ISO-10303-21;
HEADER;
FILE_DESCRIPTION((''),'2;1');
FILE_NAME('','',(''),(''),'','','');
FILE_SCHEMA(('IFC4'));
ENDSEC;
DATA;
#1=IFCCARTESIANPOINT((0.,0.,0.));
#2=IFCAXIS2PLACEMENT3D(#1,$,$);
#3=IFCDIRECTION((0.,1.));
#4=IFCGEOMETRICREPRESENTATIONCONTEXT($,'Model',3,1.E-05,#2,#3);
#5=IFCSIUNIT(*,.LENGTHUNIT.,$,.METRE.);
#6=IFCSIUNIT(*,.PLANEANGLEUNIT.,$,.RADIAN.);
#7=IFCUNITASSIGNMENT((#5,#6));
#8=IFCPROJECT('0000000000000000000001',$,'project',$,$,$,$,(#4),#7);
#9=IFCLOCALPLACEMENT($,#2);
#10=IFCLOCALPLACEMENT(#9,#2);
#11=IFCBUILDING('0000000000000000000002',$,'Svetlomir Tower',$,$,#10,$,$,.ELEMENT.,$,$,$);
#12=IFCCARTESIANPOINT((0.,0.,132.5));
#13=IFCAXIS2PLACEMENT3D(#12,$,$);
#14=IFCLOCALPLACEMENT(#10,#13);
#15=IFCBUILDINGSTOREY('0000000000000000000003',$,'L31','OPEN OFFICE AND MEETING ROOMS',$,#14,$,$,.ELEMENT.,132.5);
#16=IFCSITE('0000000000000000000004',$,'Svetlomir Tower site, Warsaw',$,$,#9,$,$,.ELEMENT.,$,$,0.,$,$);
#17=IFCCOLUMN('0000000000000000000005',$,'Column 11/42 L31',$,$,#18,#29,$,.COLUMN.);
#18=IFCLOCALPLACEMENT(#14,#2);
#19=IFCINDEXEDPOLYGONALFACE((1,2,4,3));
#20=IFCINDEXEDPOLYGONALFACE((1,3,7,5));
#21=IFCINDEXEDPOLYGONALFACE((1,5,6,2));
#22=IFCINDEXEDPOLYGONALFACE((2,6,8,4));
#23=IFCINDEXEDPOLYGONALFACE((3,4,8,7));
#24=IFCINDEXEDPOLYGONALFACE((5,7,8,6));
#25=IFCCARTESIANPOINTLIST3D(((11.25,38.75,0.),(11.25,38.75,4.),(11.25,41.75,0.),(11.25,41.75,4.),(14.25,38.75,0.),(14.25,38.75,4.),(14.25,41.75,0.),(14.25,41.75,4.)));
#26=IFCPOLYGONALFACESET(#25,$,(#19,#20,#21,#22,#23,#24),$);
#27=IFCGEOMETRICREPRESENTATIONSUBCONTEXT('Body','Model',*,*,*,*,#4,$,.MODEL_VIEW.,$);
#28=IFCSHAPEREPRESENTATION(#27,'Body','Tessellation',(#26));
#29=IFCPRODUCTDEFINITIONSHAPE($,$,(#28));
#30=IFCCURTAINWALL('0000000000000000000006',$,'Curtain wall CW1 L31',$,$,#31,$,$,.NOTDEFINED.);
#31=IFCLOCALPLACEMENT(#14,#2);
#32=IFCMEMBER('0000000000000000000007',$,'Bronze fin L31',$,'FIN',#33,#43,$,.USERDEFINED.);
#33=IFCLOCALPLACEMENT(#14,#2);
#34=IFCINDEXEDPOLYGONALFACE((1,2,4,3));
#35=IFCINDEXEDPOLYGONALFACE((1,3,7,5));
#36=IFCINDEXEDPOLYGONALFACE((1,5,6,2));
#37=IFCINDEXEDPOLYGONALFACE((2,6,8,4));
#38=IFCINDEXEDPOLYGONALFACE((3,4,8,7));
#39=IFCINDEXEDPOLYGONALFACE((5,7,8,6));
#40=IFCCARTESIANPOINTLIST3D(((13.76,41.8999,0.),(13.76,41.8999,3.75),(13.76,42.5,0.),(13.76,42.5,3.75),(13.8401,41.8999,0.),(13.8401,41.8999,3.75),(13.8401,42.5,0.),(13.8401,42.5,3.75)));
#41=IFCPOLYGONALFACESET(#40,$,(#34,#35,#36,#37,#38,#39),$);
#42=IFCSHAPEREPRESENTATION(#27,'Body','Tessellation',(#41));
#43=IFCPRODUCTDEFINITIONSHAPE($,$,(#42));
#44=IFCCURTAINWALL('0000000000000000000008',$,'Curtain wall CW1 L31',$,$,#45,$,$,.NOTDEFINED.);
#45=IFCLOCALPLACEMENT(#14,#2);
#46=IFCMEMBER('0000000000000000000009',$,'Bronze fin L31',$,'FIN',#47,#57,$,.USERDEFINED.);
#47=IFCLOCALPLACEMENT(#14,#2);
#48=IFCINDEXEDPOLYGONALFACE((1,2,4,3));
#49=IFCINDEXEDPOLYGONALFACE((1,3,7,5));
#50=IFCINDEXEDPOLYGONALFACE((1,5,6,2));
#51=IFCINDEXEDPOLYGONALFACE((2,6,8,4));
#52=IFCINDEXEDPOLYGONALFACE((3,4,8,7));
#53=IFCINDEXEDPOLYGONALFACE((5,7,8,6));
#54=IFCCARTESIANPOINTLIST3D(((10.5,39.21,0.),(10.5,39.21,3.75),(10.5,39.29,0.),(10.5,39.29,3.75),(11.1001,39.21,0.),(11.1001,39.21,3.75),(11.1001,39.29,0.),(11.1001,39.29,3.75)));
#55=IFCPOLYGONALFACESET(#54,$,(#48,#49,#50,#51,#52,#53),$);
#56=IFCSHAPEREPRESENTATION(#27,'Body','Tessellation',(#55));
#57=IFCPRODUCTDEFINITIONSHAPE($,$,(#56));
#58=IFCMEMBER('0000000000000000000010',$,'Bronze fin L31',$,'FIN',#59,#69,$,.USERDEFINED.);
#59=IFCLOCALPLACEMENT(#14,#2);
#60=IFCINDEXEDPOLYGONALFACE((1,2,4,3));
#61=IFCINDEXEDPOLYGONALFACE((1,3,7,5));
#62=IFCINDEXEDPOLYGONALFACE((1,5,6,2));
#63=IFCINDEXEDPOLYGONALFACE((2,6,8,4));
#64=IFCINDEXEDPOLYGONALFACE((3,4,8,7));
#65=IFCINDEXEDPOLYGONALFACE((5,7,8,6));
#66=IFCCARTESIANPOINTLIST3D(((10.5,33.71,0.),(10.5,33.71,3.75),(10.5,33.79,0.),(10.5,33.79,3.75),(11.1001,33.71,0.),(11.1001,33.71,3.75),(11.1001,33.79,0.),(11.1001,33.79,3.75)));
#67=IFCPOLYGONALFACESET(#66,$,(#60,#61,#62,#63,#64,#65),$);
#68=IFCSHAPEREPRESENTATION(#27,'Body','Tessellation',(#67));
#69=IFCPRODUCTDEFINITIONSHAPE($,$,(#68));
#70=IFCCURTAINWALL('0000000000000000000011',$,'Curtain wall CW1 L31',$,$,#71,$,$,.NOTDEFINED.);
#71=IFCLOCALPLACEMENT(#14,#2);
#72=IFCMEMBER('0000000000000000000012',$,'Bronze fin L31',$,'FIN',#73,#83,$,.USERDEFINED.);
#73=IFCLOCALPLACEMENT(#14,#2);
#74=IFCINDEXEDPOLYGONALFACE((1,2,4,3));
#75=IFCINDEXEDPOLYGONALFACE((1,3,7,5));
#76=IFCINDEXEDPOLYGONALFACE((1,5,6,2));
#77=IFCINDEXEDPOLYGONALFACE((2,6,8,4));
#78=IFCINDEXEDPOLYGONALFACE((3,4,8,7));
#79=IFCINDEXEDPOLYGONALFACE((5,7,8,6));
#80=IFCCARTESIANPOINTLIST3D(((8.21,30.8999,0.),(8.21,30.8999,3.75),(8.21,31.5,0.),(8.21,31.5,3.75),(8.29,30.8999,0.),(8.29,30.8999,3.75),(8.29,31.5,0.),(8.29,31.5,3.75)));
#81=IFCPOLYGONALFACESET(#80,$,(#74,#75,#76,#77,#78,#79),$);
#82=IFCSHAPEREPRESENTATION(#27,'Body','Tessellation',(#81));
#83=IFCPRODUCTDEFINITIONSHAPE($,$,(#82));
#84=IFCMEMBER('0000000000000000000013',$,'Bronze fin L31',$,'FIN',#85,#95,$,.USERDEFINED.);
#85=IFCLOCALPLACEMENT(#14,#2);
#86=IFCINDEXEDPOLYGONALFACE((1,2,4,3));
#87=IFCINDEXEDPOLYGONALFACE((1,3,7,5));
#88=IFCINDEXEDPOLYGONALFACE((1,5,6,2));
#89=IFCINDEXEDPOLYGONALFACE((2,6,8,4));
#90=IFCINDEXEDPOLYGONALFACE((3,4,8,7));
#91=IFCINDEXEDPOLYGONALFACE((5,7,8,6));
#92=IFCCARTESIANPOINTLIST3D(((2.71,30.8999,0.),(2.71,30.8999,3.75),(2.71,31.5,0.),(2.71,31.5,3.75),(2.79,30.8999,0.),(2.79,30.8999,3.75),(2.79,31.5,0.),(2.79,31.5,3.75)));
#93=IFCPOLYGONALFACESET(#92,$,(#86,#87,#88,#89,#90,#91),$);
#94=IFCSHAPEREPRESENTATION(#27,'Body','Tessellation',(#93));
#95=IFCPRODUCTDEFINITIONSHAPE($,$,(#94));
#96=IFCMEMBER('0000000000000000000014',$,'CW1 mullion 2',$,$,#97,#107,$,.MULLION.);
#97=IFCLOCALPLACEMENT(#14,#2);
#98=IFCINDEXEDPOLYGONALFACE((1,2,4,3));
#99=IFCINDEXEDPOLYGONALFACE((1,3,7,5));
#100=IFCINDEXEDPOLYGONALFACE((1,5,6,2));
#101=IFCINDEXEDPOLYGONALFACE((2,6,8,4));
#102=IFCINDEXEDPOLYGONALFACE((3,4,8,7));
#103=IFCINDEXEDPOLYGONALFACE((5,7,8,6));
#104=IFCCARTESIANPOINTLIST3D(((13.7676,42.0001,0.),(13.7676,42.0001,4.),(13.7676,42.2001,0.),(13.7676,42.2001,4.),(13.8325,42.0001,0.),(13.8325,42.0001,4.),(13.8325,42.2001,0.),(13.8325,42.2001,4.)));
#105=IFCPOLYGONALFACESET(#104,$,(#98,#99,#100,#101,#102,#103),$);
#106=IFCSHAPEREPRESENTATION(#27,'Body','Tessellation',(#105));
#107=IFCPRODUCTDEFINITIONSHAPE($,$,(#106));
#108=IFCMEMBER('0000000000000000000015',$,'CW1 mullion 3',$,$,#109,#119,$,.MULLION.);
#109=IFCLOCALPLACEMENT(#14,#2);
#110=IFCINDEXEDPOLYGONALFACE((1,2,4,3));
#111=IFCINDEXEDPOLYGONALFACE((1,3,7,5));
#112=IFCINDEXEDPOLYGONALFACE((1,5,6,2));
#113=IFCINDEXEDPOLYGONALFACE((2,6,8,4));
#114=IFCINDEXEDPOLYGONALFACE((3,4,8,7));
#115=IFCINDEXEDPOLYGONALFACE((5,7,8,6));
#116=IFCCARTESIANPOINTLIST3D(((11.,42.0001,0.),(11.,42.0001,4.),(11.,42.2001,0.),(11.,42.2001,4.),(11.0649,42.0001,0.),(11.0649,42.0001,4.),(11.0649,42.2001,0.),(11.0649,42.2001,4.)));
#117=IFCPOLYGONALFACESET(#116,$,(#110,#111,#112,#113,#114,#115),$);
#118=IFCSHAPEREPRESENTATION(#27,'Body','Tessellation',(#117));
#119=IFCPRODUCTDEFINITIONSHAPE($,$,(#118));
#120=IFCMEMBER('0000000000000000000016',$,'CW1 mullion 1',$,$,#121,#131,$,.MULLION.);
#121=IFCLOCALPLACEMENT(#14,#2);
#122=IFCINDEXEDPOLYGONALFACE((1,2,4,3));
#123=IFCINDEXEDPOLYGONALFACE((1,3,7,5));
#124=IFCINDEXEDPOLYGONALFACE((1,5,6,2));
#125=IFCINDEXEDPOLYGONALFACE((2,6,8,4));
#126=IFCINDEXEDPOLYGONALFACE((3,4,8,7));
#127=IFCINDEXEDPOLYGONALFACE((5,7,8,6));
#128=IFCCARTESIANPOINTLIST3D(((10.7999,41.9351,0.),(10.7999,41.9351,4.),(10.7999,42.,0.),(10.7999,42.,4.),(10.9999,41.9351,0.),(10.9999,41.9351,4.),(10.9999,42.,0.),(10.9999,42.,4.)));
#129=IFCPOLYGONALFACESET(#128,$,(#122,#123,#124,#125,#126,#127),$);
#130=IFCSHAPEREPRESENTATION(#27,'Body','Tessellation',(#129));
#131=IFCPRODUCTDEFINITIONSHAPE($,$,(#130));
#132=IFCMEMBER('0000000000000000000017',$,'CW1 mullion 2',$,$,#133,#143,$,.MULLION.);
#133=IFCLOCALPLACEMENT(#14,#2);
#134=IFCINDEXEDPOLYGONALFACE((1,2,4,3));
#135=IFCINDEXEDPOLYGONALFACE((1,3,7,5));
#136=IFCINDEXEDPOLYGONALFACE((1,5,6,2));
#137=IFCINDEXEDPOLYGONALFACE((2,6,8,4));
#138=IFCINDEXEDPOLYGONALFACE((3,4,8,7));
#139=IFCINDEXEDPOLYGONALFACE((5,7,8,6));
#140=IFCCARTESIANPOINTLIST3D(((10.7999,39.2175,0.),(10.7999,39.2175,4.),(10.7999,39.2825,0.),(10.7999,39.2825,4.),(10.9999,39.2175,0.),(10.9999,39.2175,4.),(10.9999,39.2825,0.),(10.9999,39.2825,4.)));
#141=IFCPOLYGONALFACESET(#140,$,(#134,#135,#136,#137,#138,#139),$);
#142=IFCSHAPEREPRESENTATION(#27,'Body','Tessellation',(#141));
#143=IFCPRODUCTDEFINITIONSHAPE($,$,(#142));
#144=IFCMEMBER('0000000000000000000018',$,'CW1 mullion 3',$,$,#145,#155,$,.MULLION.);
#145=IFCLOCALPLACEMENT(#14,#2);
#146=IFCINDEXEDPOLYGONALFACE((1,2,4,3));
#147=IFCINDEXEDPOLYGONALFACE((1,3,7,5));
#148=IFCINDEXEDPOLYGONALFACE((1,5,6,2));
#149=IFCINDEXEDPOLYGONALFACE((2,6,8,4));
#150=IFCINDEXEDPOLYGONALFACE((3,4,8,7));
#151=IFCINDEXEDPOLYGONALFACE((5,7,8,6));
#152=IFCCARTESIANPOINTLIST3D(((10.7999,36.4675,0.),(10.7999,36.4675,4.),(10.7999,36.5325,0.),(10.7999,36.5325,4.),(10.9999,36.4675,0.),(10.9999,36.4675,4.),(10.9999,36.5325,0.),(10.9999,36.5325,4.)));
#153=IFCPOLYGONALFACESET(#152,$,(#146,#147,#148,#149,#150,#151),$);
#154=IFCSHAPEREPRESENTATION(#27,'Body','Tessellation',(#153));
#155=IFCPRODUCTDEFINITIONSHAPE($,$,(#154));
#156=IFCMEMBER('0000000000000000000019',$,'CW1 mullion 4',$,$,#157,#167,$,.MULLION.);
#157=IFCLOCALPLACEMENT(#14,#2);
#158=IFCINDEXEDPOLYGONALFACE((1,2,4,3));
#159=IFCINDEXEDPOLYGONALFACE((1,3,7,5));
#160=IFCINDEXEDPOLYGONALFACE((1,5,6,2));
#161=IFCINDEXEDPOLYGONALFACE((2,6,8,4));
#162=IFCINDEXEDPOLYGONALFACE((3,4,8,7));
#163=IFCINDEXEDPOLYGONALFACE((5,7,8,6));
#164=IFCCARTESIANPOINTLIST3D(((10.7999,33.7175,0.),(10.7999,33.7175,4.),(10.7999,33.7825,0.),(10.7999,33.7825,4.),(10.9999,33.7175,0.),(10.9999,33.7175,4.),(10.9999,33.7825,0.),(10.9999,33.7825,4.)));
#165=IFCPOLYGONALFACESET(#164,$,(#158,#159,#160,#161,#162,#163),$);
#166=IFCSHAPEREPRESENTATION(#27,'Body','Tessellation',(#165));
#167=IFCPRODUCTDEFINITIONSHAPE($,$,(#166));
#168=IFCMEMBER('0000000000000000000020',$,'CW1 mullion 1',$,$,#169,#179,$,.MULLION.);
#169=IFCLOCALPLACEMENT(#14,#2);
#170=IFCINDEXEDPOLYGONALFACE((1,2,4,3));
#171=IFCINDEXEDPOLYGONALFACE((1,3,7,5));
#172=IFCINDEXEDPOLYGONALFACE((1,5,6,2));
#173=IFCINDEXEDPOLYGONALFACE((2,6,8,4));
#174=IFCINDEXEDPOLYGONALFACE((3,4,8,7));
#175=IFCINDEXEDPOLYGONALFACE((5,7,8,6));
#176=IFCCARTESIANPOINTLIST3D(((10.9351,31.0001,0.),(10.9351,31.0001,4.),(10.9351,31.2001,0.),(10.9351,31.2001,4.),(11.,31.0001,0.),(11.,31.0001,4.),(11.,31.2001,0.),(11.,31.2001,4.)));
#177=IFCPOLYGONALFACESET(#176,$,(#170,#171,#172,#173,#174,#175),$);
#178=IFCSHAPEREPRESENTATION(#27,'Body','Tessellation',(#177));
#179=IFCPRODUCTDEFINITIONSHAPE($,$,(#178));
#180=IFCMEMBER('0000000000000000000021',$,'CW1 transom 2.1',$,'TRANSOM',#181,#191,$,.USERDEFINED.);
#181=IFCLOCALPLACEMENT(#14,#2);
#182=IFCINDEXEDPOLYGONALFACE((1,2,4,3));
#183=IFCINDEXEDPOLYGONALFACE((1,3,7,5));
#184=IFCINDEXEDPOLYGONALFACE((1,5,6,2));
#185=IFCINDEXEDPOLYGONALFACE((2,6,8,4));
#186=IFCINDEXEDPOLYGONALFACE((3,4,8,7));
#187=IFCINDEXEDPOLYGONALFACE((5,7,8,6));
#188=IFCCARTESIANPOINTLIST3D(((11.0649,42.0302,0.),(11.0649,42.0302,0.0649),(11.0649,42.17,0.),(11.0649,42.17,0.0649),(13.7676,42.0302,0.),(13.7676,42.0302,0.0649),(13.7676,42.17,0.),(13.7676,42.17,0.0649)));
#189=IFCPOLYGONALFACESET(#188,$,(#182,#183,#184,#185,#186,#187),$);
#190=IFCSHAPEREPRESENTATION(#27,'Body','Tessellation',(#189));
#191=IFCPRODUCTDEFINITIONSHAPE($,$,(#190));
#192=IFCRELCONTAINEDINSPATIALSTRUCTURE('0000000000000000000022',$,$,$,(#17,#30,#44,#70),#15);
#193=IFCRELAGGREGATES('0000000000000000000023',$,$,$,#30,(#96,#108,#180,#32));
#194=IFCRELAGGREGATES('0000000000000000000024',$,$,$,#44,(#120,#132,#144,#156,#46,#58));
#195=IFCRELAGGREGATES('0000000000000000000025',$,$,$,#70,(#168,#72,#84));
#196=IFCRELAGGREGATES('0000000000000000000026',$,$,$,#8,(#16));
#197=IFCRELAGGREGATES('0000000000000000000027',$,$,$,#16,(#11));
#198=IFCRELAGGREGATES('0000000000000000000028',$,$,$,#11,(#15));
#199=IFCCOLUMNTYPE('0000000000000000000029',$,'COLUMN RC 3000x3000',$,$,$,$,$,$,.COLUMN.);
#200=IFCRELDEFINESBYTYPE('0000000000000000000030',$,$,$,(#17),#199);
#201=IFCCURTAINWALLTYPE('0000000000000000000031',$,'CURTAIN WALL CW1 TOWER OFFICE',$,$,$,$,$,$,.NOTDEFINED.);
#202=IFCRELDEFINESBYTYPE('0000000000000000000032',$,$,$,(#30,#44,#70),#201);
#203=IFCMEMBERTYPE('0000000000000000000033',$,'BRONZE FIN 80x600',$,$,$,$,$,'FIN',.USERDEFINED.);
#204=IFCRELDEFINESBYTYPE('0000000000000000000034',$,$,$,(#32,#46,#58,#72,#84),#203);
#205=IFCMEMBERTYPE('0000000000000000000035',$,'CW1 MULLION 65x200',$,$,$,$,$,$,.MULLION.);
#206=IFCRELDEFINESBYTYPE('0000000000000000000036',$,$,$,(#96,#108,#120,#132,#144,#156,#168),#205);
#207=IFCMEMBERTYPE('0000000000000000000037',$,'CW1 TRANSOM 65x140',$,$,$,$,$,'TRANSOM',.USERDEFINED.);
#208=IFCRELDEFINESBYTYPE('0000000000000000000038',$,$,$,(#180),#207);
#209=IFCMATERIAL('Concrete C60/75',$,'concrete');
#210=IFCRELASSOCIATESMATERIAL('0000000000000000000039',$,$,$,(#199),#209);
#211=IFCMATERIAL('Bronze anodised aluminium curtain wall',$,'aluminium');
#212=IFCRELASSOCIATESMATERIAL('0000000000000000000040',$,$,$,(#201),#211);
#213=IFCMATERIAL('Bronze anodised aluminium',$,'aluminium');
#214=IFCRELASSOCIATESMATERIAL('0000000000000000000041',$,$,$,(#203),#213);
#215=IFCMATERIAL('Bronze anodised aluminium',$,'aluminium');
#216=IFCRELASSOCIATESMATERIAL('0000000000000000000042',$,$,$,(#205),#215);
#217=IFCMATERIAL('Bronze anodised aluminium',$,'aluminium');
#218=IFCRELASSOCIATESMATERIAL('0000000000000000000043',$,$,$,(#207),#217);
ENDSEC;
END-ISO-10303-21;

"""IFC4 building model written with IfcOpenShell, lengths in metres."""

from ifc_helpers import new_model, si_unit, direction, frame, origin, origin_2d, place, context, subcontext, project, spatial, rectangle, extrude, material, material_profile, profile_set, type_object, element, aggregate, save


model = new_model("IFC4")

# Units and contexts
model_context = context("Model", 3, precision=1e-05, world=origin(), true_north=direction((0.0, 1.0)))
body_context = subcontext(model_context, "Body", "Model", "MODEL_VIEW")
ifc_project = project(units=[si_unit("LENGTHUNIT", "METRE"), si_unit("PLANEANGLEUNIT", "RADIAN")], contexts=[model_context])

# Site, building, storey
site_placement = place(None, origin())
site = spatial("IfcSite", under=ifc_project, at=site_placement, Name="Svetlomir Tower site, Warsaw", CompositionType="ELEMENT", RefElevation=0.0)
building_placement = place(site_placement, origin())
building = spatial("IfcBuilding", under=site, at=building_placement, Name="Svetlomir Tower", CompositionType="ELEMENT")
storey_placement = place(building_placement, frame((0.0, 0.0, 132.5)))
storey = spatial("IfcBuildingStorey", under=building, at=storey_placement, Name="L31", Description="OPEN OFFICE AND MEETING ROOMS", CompositionType="ELEMENT", Elevation=132.5)

# Column
ifc_material_1 = material(Name="Concrete C60/75", Category="concrete")
ifc_material_profile_1 = material_profile(ifc_material_1, rectangle(XDim=3.0, YDim=3.0, at=origin_2d()), Name="RC 3000x3000")
ifc_profile_set_1 = profile_set([ifc_material_profile_1], Name="Concrete C60/75")
column_type = type_object("IfcColumnType", Name="COLUMN RC 3000x3000", PredefinedType="COLUMN", material=ifc_profile_set_1)
column_placement = place(storey_placement, frame((12.75, 40.25, 0.0), z_axis=(0.0, 0.0, 1.0), x_axis=(1.0, 0.0, 0.0)))
element("IfcColumn", 1, at=column_placement, inside=storey, type_object=column_type, Name="Column 11/42 L31", PredefinedType="COLUMN", context=body_context, shape_type="SweptSolid", body=[
    extrude(rectangle(XDim=3.0, YDim=3.0, at=origin_2d()), origin(), (0.0, 0.0, 1.0), 4.0),
])

# Curtain wall, member
ifc_material_2 = material(Name="Bronze anodised aluminium curtain wall", Category="aluminium")
curtain_wall_type = type_object("IfcCurtainWallType", Name="CURTAIN WALL CW1 TOWER OFFICE", PredefinedType="NOTDEFINED", material=ifc_material_2)
curtain_wall_1_placement = place(storey_placement, origin())
curtain_wall_1 = element("IfcCurtainWall", 2, at=curtain_wall_1_placement, inside=storey, type_object=curtain_wall_type, Name="Curtain wall CW1 L31", PredefinedType="NOTDEFINED")
ifc_material_3 = material(Name="Bronze anodised aluminium", Category="aluminium")
ifc_material_profile_2 = material_profile(ifc_material_3, rectangle(XDim=0.0801, YDim=0.6001, at=origin_2d()), Name="FIN 80x600")
ifc_profile_set_2 = profile_set([ifc_material_profile_2], Name="Bronze anodised aluminium 6063-T6")
member_type_1 = type_object("IfcMemberType", Name="BRONZE FIN 80x600", ElementType="FIN", PredefinedType="USERDEFINED", material=ifc_profile_set_2)
member_1_placement = place(storey_placement, frame((13.8, 42.2, 0.0), z_axis=(0.0, 0.0, 1.0), x_axis=(1.0, 0.0, 0.0)))
member_1 = element("IfcMember", 3, at=member_1_placement, type_object=member_type_1, Name="Bronze fin L31", ObjectType="FIN", PredefinedType="USERDEFINED", context=body_context, shape_type="SweptSolid", body=[
    extrude(rectangle(XDim=0.0801, YDim=0.6001, at=origin_2d()), origin(), (0.0, 0.0, 1.0), 3.75),
])

# Curtain walls, members
curtain_wall_2_placement = place(storey_placement, origin())
curtain_wall_2 = element("IfcCurtainWall", 4, at=curtain_wall_2_placement, inside=storey, type_object=curtain_wall_type, Name="Curtain wall CW1 L31", PredefinedType="NOTDEFINED")
member_2_placement = place(storey_placement, frame((10.8, 39.25, 0.0), z_axis=(0.0, 0.0, 1.0), x_axis=(0.0, 1.0, 0.0)))
member_2 = element("IfcMember", 5, at=member_2_placement, type_object=member_type_1, Name="Bronze fin L31", ObjectType="FIN", PredefinedType="USERDEFINED", context=body_context, shape_type="SweptSolid", body=[
    extrude(rectangle(XDim=0.0801, YDim=0.6001, at=origin_2d()), origin(), (0.0, 0.0, 1.0), 3.75),
])
member_3_placement = place(storey_placement, frame((10.8, 33.75, 0.0), z_axis=(0.0, 0.0, 1.0), x_axis=(0.0, 1.0, 0.0)))
member_3 = element("IfcMember", 6, at=member_3_placement, type_object=member_type_1, Name="Bronze fin L31", ObjectType="FIN", PredefinedType="USERDEFINED", context=body_context, shape_type="SweptSolid", body=[
    extrude(rectangle(XDim=0.0801, YDim=0.6001, at=origin_2d()), origin(), (0.0, 0.0, 1.0), 3.75),
])
curtain_wall_3_placement = place(storey_placement, origin())
curtain_wall_3 = element("IfcCurtainWall", 7, at=curtain_wall_3_placement, inside=storey, type_object=curtain_wall_type, Name="Curtain wall CW1 L31", PredefinedType="NOTDEFINED")
member_4_placement = place(storey_placement, frame((8.25, 31.2, 0.0), z_axis=(0.0, 0.0, 1.0), x_axis=(1.0, 0.0, 0.0)))
member_4 = element("IfcMember", 8, at=member_4_placement, type_object=member_type_1, Name="Bronze fin L31", ObjectType="FIN", PredefinedType="USERDEFINED", context=body_context, shape_type="SweptSolid", body=[
    extrude(rectangle(XDim=0.0801, YDim=0.6001, at=origin_2d()), origin(), (0.0, 0.0, 1.0), 3.75),
])
member_5_placement = place(storey_placement, frame((2.75, 31.2, 0.0), z_axis=(0.0, 0.0, 1.0), x_axis=(1.0, 0.0, 0.0)))
member_5 = element("IfcMember", 9, at=member_5_placement, type_object=member_type_1, Name="Bronze fin L31", ObjectType="FIN", PredefinedType="USERDEFINED", context=body_context, shape_type="SweptSolid", body=[
    extrude(rectangle(XDim=0.0801, YDim=0.6001, at=origin_2d()), origin(), (0.0, 0.0, 1.0), 3.75),
])

# Members
ifc_material_4 = material(Name="Bronze anodised aluminium", Category="aluminium")
ifc_material_profile_3 = material_profile(ifc_material_4, rectangle(XDim=0.0649, YDim=0.2, at=origin_2d()), Name="AL 65x200")
ifc_profile_set_3 = profile_set([ifc_material_profile_3], Name="Bronze anodised aluminium 6063-T6")
member_type_2 = type_object("IfcMemberType", Name="CW1 MULLION 65x200", PredefinedType="MULLION", material=ifc_profile_set_3)
member_6_placement = place(storey_placement, frame((13.8, 42.1001, 0.0), z_axis=(0.0, 0.0, 1.0), x_axis=(-1.0, 0.0, 0.0)))
member_6 = element("IfcMember", 10, at=member_6_placement, type_object=member_type_2, Name="CW1 mullion 2", PredefinedType="MULLION", context=body_context, shape_type="SweptSolid", body=[
    extrude(rectangle(XDim=0.0649, YDim=0.2, at=origin_2d()), origin(), (0.0, 0.0, 1.0), 4.0),
])
member_7_placement = place(storey_placement, frame((11.0325, 42.1001, 0.0), z_axis=(0.0, 0.0, 1.0), x_axis=(-1.0, 0.0, 0.0)))
member_7 = element("IfcMember", 11, at=member_7_placement, type_object=member_type_2, Name="CW1 mullion 3", PredefinedType="MULLION", context=body_context, shape_type="SweptSolid", body=[
    extrude(rectangle(XDim=0.0649, YDim=0.2, at=origin_2d()), origin(), (0.0, 0.0, 1.0), 4.0),
])
member_8_placement = place(storey_placement, frame((10.8999, 41.9675, 0.0), z_axis=(0.0, 0.0, 1.0), x_axis=(0.0, -1.0, 0.0)))
member_8 = element("IfcMember", 12, at=member_8_placement, type_object=member_type_2, Name="CW1 mullion 1", PredefinedType="MULLION", context=body_context, shape_type="SweptSolid", body=[
    extrude(rectangle(XDim=0.0649, YDim=0.2, at=origin_2d()), origin(), (0.0, 0.0, 1.0), 4.0),
])
member_9_placement = place(storey_placement, frame((10.8999, 39.25, 0.0), z_axis=(0.0, 0.0, 1.0), x_axis=(0.0, -1.0, 0.0)))
member_9 = element("IfcMember", 13, at=member_9_placement, type_object=member_type_2, Name="CW1 mullion 2", PredefinedType="MULLION", context=body_context, shape_type="SweptSolid", body=[
    extrude(rectangle(XDim=0.0649, YDim=0.2, at=origin_2d()), origin(), (0.0, 0.0, 1.0), 4.0),
])
member_10_placement = place(storey_placement, frame((10.8999, 36.5, 0.0), z_axis=(0.0, 0.0, 1.0), x_axis=(0.0, -1.0, 0.0)))
member_10 = element("IfcMember", 14, at=member_10_placement, type_object=member_type_2, Name="CW1 mullion 3", PredefinedType="MULLION", context=body_context, shape_type="SweptSolid", body=[
    extrude(rectangle(XDim=0.0649, YDim=0.2, at=origin_2d()), origin(), (0.0, 0.0, 1.0), 4.0),
])
member_11_placement = place(storey_placement, frame((10.8999, 33.75, 0.0), z_axis=(0.0, 0.0, 1.0), x_axis=(0.0, -1.0, 0.0)))
member_11 = element("IfcMember", 15, at=member_11_placement, type_object=member_type_2, Name="CW1 mullion 4", PredefinedType="MULLION", context=body_context, shape_type="SweptSolid", body=[
    extrude(rectangle(XDim=0.0649, YDim=0.2, at=origin_2d()), origin(), (0.0, 0.0, 1.0), 4.0),
])
member_12_placement = place(storey_placement, frame((10.9675, 31.1001, 0.0), z_axis=(0.0, 0.0, 1.0), x_axis=(-1.0, 0.0, 0.0)))
member_12 = element("IfcMember", 16, at=member_12_placement, type_object=member_type_2, Name="CW1 mullion 1", PredefinedType="MULLION", context=body_context, shape_type="SweptSolid", body=[
    extrude(rectangle(XDim=0.0649, YDim=0.2, at=origin_2d()), origin(), (0.0, 0.0, 1.0), 4.0),
])
ifc_material_5 = material(Name="Bronze anodised aluminium", Category="aluminium")
ifc_material_profile_4 = material_profile(ifc_material_5, rectangle(XDim=0.1399, YDim=0.0649, at=origin_2d()), Name="AL 140x65")
ifc_profile_set_4 = profile_set([ifc_material_profile_4], Name="Bronze anodised aluminium 6063-T6")
member_type_3 = type_object("IfcMemberType", Name="CW1 TRANSOM 65x140", ElementType="TRANSOM", PredefinedType="USERDEFINED", material=ifc_profile_set_4)
member_13_placement = place(storey_placement, frame((13.7676, 42.1001, 0.0325), z_axis=(-1.0, 0.0, 0.0), x_axis=(0.0, -1.0, 0.0)))
member_13 = element("IfcMember", 17, at=member_13_placement, type_object=member_type_3, Name="CW1 transom 2.1", ObjectType="TRANSOM", PredefinedType="USERDEFINED", context=body_context, shape_type="SweptSolid", body=[
    extrude(rectangle(XDim=0.1399, YDim=0.0649, at=origin_2d()), origin(), (0.0, 0.0, 1.0), 2.7026),
])

aggregate(curtain_wall_1, [member_6, member_7, member_13, member_1])
aggregate(curtain_wall_2, [member_8, member_9, member_10, member_11, member_2, member_3])
aggregate(curtain_wall_3, [member_12, member_4, member_5])

save(model, "model.ifc")
